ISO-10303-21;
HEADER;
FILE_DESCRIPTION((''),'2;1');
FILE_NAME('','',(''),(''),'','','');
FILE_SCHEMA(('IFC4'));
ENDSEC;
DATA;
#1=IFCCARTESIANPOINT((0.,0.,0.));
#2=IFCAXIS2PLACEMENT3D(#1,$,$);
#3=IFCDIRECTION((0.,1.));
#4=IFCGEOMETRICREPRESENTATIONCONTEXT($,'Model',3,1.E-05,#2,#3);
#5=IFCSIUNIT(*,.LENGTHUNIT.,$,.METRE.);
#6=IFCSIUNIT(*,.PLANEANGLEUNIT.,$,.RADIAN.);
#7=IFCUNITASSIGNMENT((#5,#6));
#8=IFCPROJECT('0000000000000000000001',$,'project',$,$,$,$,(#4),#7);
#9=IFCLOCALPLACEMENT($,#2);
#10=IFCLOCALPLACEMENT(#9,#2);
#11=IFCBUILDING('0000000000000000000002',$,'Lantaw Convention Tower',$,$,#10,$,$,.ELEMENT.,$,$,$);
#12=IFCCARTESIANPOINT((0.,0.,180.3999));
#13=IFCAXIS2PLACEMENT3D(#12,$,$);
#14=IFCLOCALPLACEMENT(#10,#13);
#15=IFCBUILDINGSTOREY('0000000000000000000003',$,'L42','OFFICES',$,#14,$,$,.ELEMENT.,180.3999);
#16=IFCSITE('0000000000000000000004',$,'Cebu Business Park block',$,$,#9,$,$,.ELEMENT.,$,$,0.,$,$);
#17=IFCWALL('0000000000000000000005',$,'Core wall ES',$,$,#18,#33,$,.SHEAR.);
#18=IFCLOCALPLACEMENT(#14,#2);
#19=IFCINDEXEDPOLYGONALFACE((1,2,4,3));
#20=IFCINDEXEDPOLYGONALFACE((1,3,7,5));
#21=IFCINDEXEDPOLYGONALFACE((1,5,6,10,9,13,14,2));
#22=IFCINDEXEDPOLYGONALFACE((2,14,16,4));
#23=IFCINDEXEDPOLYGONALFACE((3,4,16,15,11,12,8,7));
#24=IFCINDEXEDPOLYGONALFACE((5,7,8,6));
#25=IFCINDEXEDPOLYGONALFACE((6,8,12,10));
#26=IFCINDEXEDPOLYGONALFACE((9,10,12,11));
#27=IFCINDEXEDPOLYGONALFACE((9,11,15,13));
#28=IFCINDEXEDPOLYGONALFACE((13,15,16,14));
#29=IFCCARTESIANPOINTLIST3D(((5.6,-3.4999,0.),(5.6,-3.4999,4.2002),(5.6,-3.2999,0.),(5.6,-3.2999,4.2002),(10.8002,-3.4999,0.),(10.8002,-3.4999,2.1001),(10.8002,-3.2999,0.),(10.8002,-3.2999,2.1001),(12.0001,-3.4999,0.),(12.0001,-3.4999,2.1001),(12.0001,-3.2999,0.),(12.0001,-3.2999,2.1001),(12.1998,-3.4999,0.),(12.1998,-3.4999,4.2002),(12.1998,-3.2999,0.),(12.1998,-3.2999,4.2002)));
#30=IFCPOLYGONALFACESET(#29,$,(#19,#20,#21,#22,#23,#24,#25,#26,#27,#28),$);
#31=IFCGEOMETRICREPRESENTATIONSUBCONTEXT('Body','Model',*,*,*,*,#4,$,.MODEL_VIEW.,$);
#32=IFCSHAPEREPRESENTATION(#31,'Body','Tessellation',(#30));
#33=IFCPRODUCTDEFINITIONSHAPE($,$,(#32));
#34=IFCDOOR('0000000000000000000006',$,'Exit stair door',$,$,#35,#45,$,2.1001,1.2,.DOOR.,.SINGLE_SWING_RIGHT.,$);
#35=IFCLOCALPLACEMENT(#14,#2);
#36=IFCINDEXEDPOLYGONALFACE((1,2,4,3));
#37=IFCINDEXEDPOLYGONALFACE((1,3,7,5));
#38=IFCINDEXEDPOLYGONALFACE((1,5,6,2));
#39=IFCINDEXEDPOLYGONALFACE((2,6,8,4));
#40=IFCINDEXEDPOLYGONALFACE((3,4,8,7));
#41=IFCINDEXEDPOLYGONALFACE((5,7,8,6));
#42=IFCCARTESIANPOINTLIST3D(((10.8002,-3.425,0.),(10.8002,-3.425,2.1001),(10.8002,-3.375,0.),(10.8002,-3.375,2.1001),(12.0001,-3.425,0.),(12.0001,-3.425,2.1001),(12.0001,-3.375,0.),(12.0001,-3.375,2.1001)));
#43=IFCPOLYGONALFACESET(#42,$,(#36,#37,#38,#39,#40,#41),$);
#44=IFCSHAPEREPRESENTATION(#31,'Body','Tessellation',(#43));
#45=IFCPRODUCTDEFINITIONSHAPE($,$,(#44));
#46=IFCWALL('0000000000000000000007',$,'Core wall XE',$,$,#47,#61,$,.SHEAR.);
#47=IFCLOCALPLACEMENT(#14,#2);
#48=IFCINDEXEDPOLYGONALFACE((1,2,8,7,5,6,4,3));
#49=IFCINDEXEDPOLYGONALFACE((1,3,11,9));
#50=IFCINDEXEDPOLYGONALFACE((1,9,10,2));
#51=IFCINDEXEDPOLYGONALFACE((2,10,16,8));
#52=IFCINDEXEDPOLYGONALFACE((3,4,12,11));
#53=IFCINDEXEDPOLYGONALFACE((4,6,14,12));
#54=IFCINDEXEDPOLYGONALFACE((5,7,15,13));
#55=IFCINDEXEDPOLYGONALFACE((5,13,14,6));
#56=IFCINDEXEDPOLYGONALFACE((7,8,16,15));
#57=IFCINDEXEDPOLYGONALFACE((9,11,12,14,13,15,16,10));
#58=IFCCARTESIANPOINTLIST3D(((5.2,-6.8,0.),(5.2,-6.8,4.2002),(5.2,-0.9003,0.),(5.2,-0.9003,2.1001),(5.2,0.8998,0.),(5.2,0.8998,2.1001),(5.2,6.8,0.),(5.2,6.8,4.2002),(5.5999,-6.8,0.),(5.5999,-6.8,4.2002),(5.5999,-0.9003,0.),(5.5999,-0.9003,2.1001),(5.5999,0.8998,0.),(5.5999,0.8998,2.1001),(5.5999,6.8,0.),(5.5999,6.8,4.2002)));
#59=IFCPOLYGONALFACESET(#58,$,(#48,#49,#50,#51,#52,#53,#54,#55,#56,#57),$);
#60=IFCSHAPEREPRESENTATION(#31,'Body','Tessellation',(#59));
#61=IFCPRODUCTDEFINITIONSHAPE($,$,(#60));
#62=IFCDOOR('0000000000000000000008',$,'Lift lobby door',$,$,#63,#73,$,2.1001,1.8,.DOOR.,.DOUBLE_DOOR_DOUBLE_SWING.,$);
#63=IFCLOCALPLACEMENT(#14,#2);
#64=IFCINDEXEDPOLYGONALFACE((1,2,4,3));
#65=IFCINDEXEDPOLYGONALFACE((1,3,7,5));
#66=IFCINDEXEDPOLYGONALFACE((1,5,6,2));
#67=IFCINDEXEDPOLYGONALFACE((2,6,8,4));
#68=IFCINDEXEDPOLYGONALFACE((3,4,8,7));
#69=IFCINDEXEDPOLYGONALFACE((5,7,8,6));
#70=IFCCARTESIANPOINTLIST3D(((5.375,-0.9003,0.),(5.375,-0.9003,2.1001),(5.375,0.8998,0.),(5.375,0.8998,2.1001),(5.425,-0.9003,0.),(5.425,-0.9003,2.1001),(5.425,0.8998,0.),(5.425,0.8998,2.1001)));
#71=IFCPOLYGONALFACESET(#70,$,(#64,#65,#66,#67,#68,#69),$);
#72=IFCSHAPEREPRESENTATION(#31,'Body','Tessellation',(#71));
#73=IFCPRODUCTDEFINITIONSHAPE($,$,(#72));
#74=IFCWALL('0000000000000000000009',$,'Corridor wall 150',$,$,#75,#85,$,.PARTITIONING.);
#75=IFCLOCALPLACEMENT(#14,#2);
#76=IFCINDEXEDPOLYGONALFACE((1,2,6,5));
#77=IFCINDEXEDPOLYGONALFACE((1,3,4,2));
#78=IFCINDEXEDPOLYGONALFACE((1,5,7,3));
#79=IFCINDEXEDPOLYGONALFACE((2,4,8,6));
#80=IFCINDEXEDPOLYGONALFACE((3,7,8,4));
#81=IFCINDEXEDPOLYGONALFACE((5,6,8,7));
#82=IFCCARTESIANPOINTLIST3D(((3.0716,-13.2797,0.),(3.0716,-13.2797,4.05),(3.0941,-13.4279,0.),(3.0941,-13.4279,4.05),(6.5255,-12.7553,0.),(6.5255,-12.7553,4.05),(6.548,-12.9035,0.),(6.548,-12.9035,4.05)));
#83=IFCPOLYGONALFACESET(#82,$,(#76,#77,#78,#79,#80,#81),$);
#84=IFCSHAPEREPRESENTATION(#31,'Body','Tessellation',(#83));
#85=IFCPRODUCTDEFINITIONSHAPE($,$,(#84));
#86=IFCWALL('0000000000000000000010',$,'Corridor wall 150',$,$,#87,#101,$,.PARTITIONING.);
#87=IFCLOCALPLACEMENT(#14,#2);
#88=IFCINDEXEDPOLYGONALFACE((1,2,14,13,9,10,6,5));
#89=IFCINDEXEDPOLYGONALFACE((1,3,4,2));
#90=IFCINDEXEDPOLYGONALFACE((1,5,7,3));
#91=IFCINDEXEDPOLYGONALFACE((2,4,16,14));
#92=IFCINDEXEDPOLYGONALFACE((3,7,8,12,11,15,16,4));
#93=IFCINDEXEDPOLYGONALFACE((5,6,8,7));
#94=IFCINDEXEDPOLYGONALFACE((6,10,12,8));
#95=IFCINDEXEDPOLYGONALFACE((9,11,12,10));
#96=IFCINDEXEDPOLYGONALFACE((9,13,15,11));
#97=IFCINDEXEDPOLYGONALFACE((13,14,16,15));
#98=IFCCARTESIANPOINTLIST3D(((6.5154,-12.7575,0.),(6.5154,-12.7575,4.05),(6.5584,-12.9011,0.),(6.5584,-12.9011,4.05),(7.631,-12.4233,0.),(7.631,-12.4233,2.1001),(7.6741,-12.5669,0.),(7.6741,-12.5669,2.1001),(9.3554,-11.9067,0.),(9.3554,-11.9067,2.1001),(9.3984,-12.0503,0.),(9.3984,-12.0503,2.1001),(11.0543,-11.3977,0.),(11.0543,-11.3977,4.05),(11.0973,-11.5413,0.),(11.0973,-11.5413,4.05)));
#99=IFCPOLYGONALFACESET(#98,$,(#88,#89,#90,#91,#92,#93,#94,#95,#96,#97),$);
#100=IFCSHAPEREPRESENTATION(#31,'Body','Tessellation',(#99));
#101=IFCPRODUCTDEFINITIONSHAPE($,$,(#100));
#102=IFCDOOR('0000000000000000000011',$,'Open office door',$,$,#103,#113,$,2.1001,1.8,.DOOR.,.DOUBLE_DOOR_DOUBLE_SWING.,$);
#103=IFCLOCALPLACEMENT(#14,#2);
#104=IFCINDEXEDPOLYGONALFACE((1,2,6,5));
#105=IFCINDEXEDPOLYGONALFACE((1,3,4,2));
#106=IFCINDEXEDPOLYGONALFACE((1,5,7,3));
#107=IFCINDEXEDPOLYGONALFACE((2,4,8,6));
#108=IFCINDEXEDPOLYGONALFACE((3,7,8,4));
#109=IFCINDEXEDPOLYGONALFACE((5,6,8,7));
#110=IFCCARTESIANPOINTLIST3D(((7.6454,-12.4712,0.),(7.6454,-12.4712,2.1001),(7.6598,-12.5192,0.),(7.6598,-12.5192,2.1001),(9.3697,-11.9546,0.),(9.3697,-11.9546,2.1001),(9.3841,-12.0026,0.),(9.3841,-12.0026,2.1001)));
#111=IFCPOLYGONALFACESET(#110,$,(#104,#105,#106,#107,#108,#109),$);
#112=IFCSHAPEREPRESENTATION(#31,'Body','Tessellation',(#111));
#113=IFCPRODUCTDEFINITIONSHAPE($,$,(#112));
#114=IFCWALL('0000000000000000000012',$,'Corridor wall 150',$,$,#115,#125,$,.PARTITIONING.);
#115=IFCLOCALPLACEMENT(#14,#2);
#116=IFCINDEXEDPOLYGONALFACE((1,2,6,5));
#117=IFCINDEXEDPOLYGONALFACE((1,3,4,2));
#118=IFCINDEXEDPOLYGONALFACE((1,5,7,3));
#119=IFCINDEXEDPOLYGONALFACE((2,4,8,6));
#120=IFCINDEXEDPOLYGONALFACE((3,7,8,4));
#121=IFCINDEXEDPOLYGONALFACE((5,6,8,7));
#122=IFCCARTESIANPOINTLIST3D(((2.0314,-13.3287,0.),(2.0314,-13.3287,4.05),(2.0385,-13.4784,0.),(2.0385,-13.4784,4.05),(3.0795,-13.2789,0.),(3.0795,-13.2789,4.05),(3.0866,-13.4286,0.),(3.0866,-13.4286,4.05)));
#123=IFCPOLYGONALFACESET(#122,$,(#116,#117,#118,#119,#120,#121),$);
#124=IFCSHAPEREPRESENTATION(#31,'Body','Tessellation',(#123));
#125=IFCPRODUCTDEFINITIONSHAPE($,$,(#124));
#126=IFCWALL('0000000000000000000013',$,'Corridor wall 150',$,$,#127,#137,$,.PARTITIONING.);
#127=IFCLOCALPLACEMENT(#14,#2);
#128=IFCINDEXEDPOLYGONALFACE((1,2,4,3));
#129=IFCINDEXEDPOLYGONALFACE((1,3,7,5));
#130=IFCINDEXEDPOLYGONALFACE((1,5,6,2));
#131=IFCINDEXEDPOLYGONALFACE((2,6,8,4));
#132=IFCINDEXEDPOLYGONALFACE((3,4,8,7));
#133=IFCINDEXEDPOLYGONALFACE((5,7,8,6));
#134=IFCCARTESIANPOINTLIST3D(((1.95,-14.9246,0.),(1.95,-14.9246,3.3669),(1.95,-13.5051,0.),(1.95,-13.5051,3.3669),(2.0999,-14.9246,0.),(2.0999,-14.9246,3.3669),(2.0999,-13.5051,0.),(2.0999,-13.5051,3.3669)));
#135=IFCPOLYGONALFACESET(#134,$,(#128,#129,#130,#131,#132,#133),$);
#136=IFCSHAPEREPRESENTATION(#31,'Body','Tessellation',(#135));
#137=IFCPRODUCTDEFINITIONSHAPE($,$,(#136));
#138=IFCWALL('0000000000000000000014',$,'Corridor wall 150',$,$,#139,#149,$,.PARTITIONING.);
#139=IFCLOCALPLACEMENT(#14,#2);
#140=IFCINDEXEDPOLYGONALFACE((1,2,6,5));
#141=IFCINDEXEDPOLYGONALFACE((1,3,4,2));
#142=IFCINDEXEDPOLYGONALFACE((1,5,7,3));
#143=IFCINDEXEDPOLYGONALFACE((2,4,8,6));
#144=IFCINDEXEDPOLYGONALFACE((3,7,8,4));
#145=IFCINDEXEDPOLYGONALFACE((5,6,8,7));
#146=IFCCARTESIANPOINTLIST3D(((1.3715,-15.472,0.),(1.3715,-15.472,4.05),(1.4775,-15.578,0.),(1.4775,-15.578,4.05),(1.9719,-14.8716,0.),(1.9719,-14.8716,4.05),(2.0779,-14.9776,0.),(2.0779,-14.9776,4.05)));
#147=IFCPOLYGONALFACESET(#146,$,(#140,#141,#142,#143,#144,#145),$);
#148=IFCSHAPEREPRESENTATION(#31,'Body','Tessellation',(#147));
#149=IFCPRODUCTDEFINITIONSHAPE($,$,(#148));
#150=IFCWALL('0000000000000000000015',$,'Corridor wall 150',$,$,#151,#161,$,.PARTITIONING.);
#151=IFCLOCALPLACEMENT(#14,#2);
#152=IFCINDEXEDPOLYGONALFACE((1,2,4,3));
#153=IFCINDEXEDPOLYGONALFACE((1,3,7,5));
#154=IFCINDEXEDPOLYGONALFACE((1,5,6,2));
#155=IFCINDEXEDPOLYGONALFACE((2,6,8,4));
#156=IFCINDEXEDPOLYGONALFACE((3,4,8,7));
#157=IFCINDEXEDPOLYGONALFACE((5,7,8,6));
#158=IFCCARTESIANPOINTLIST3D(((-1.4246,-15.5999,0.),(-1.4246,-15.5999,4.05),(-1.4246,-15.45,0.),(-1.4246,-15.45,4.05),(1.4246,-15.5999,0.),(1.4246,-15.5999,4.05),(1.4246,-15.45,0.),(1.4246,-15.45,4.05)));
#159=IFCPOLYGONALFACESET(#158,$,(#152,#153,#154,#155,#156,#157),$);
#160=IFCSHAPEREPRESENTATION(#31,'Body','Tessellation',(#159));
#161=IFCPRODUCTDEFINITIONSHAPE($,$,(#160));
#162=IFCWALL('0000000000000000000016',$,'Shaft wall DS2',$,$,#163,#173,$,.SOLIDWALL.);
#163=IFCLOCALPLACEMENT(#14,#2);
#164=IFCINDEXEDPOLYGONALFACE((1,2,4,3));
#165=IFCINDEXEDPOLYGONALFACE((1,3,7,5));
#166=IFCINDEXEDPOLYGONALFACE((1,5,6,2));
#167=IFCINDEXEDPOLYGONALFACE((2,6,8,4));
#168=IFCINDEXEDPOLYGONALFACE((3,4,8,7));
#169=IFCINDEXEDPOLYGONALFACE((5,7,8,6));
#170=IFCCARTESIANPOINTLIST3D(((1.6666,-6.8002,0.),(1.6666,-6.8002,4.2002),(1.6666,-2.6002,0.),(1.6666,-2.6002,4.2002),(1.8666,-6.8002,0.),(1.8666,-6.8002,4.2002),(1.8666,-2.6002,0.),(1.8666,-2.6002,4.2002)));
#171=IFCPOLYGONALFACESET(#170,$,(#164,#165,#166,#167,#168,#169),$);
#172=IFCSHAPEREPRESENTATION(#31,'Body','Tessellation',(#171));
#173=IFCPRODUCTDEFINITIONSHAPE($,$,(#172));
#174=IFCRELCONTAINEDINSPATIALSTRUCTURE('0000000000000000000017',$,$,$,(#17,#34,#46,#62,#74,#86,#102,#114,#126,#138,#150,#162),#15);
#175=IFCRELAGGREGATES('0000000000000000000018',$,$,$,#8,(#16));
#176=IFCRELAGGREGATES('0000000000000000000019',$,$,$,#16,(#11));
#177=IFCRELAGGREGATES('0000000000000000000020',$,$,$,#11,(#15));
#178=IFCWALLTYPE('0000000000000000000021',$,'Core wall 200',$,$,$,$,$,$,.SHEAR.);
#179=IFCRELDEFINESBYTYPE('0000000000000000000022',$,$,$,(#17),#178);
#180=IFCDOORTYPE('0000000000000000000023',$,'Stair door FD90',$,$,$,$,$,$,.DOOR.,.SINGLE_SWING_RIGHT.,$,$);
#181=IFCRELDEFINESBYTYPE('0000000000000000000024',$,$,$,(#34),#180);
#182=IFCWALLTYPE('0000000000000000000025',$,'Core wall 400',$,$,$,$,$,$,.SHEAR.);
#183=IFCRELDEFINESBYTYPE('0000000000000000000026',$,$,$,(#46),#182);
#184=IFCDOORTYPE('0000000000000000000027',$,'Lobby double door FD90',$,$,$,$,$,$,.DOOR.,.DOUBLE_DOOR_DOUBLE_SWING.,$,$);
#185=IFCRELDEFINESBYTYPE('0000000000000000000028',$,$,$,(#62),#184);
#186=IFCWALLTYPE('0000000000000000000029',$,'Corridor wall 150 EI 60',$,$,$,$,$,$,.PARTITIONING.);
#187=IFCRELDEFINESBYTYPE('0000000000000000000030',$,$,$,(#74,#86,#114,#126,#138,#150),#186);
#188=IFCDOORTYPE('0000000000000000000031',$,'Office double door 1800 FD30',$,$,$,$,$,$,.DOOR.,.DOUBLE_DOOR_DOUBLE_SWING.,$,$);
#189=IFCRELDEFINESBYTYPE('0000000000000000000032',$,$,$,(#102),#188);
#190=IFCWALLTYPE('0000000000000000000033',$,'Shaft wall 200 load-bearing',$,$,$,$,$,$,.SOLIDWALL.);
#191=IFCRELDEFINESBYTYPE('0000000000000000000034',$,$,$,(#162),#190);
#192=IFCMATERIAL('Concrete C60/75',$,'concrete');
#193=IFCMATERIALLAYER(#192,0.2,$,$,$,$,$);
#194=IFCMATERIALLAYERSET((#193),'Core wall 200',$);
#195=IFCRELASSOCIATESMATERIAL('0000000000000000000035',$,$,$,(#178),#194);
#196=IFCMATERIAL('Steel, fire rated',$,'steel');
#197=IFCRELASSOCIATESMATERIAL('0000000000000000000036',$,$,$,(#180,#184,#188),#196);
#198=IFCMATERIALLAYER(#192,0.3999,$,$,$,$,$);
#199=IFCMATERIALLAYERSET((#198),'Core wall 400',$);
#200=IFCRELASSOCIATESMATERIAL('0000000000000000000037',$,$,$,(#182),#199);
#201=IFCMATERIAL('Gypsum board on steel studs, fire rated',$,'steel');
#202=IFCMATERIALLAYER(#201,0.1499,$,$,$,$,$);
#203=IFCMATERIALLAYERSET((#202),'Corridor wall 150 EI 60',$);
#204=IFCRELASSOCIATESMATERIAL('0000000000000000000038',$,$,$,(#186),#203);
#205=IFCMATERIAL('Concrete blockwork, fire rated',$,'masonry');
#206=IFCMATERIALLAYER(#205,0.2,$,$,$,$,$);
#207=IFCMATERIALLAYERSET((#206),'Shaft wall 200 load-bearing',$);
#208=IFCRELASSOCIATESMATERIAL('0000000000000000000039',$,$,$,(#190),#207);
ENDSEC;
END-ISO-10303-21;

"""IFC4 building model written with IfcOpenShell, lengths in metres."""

from ifc_helpers import new_model, si_unit, direction, frame, frame_2d, origin, place, context, subcontext, project, spatial, rectangle, extrude, material, layer, layer_set, type_object, element, fill, save


model = new_model("IFC4")

# Units and contexts
model_context = context("Model", 3, precision=1e-05, world=origin(), true_north=direction((0.0, 1.0)))
body_context = subcontext(model_context, "Body", "Model", "MODEL_VIEW")
ifc_project = project(units=[si_unit("LENGTHUNIT", "METRE"), si_unit("PLANEANGLEUNIT", "RADIAN")], contexts=[model_context])

# Site, building, storey
site_placement = place(None, origin())
site = spatial("IfcSite", under=ifc_project, at=site_placement, Name="Cebu Business Park block", CompositionType="ELEMENT", RefElevation=0.0)
building_placement = place(site_placement, origin())
building = spatial("IfcBuilding", under=site, at=building_placement, Name="Lantaw Convention Tower", CompositionType="ELEMENT")
storey_placement = place(building_placement, frame((0.0, 0.0, 180.3999)))
storey = spatial("IfcBuildingStorey", under=building, at=storey_placement, Name="L42", Description="OFFICES", CompositionType="ELEMENT", Elevation=180.3999)

# Walls, openings, doors
ifc_material_1 = material(Name="Concrete C60/75", Category="concrete")
ifc_layer_1 = layer(ifc_material_1, 0.2)
ifc_layer_set_1 = layer_set([ifc_layer_1], Name="Core wall 200")
wall_type_1 = type_object("IfcWallType", Name="Core wall 200", PredefinedType="SHEAR", material=ifc_layer_set_1)
wall_1_placement = place(storey_placement, frame((5.6001, -3.3999, 0.0), z_axis=(0.0, 0.0, 1.0), x_axis=(1.0, 0.0, 0.0)))
wall_1 = element("IfcWall", 1, at=wall_1_placement, inside=storey, type_object=wall_type_1, Name="Core wall ES", PredefinedType="SHEAR", context=body_context, shape_type="SweptSolid", body=[
    extrude(rectangle(XDim=6.5999, YDim=0.2, at=frame_2d((3.2998, 0.0))), origin(), (0.0, 0.0, 1.0), 4.2002),
])
opening_1_placement = place(wall_1_placement, frame((5.2, 0.0, 0.0)))
opening_1 = element("IfcOpeningElement", 2, at=opening_1_placement, cuts=wall_1, PredefinedType="OPENING", context=body_context, shape_type="SweptSolid", body=[
    extrude(rectangle(XDim=1.2, YDim=2.1001, at=frame_2d((0.6001, 1.05))), frame((0.0, 0.1099, 0.0), z_axis=(0.0, -1.0, 0.0), x_axis=(1.0, 0.0, 0.0)), (0.0, 0.0, 1.0), 0.22),
])
ifc_material_2 = material(Name="Steel, fire rated", Category="steel")
door_type_1 = type_object("IfcDoorType", Name="Stair door FD90", OperationType="SINGLE_SWING_RIGHT", PredefinedType="DOOR", material=ifc_material_2)
door_1_placement = place(opening_1_placement, origin())
door_1 = element("IfcDoor", 3, at=door_1_placement, inside=storey, type_object=door_type_1, Name="Exit stair door", OperationType="SINGLE_SWING_RIGHT", OverallHeight=2.1001, OverallWidth=1.2, PredefinedType="DOOR", context=body_context, shape_type="SweptSolid", body=[
    extrude(rectangle(XDim=1.2, YDim=2.1001, at=frame_2d((0.6001, 1.05))), frame((0.0, 0.0249, 0.0), z_axis=(0.0, -1.0, 0.0), x_axis=(1.0, 0.0, 0.0)), (0.0, 0.0, 1.0), 0.05),
])
fill(opening_1, door_1)
ifc_layer_2 = layer(ifc_material_1, 0.3999)
ifc_layer_set_2 = layer_set([ifc_layer_2], Name="Core wall 400")
wall_type_2 = type_object("IfcWallType", Name="Core wall 400", PredefinedType="SHEAR", material=ifc_layer_set_2)
wall_2_placement = place(storey_placement, frame((5.3999, -6.8, 0.0), z_axis=(0.0, 0.0, 1.0), x_axis=(0.0, 1.0, 0.0)))
wall_2 = element("IfcWall", 4, at=wall_2_placement, inside=storey, type_object=wall_type_2, Name="Core wall XE", PredefinedType="SHEAR", context=body_context, shape_type="SweptSolid", body=[
    extrude(rectangle(XDim=13.6001, YDim=0.3999, at=frame_2d((6.8, 0.0))), origin(), (0.0, 0.0, 1.0), 4.2002),
])
opening_2_placement = place(wall_2_placement, frame((5.8999, 0.0, 0.0)))
opening_2 = element("IfcOpeningElement", 5, at=opening_2_placement, cuts=wall_2, PredefinedType="OPENING", context=body_context, shape_type="SweptSolid", body=[
    extrude(rectangle(XDim=1.8, YDim=2.1001, at=frame_2d((0.8999, 1.05))), frame((0.0, 0.21, 0.0), z_axis=(0.0, -1.0, 0.0), x_axis=(1.0, 0.0, 0.0)), (0.0, 0.0, 1.0), 0.4199),
])
door_type_2 = type_object("IfcDoorType", Name="Lobby double door FD90", OperationType="DOUBLE_DOOR_DOUBLE_SWING", PredefinedType="DOOR", material=ifc_material_2)
door_2_placement = place(opening_2_placement, origin())
door_2 = element("IfcDoor", 6, at=door_2_placement, inside=storey, type_object=door_type_2, Name="Lift lobby door", OperationType="DOUBLE_DOOR_DOUBLE_SWING", OverallHeight=2.1001, OverallWidth=1.8, PredefinedType="DOOR", context=body_context, shape_type="SweptSolid", body=[
    extrude(rectangle(XDim=1.8, YDim=2.1001, at=frame_2d((0.8999, 1.05))), frame((0.0, 0.0249, 0.0), z_axis=(0.0, -1.0, 0.0), x_axis=(1.0, 0.0, 0.0)), (0.0, 0.0, 1.0), 0.05),
])
fill(opening_2, door_2)

# Wall
ifc_material_3 = material(Name="Gypsum board on steel studs, fire rated", Category="steel")
ifc_layer_3 = layer(ifc_material_3, 0.1499)
ifc_layer_set_3 = layer_set([ifc_layer_3], Name="Corridor wall 150 EI 60")
wall_type_3 = type_object("IfcWallType", Name="Corridor wall 150 EI 60", PredefinedType="PARTITIONING", material=ifc_layer_set_3)
wall_3_placement = place(storey_placement, frame((3.083, -13.3538, 0.0), z_axis=(0.0, 0.0, 1.0), x_axis=(0.988669, 0.150114, 0.0)))
element("IfcWall", 7, at=wall_3_placement, inside=storey, type_object=wall_type_3, Name="Corridor wall 150", PredefinedType="PARTITIONING", context=body_context, shape_type="SweptSolid", body=[
    extrude(rectangle(XDim=3.4934, YDim=0.1499, at=frame_2d((1.7466, 0.0))), origin(), (0.0, 0.0, 1.0), 4.05),
])

# Wall, opening, door
wall_4_placement = place(storey_placement, frame((6.5369, -12.8293, 0.0), z_axis=(0.0, 0.0, 1.0), x_axis=(0.957934, 0.286989, 0.0)))
wall_4 = element("IfcWall", 8, at=wall_4_placement, inside=storey, type_object=wall_type_3, Name="Corridor wall 150", PredefinedType="PARTITIONING", context=body_context, shape_type="SweptSolid", body=[
    extrude(rectangle(XDim=4.7383, YDim=0.1499, at=frame_2d((2.3691, 0.0))), origin(), (0.0, 0.0, 1.0), 4.05),
])
opening_3_placement = place(wall_4_placement, frame((1.1648, 0.0, 0.0)))
opening_3 = element("IfcOpeningElement", 9, at=opening_3_placement, cuts=wall_4, PredefinedType="OPENING", context=body_context, shape_type="SweptSolid", body=[
    extrude(rectangle(XDim=1.8, YDim=2.1001, at=frame_2d((0.8999, 1.05))), frame((0.0, 0.085, 0.0), z_axis=(0.0, -1.0, 0.0), x_axis=(1.0, 0.0, 0.0)), (0.0, 0.0, 1.0), 0.1699),
])
door_type_3 = type_object("IfcDoorType", Name="Office double door 1800 FD30", OperationType="DOUBLE_DOOR_DOUBLE_SWING", PredefinedType="DOOR", material=ifc_material_2)
door_3_placement = place(opening_3_placement, origin())
door_3 = element("IfcDoor", 10, at=door_3_placement, inside=storey, type_object=door_type_3, Name="Open office door", OperationType="DOUBLE_DOOR_DOUBLE_SWING", OverallHeight=2.1001, OverallWidth=1.8, PredefinedType="DOOR", context=body_context, shape_type="SweptSolid", body=[
    extrude(rectangle(XDim=1.8, YDim=2.1001, at=frame_2d((0.8999, 1.05))), frame((0.0, 0.0249, 0.0), z_axis=(0.0, -1.0, 0.0), x_axis=(1.0, 0.0, 0.0)), (0.0, 0.0, 1.0), 0.05),
])
fill(opening_3, door_3)

# Walls
wall_5_placement = place(storey_placement, frame((2.0349, -13.4036, 0.0), z_axis=(0.0, 0.0, 1.0), x_axis=(0.998873, 0.047466, 0.0)))
element("IfcWall", 11, at=wall_5_placement, inside=storey, type_object=wall_type_3, Name="Corridor wall 150", PredefinedType="PARTITIONING", context=body_context, shape_type="SweptSolid", body=[
    extrude(rectangle(XDim=1.0493, YDim=0.1499, at=frame_2d((0.5247, 0.0))), origin(), (0.0, 0.0, 1.0), 4.05),
])
wall_6_placement = place(storey_placement, frame((2.0249, -13.5051, 0.0), z_axis=(0.0, 0.0, 1.0), x_axis=(0.0, -1.0, 0.0)))
element("IfcWall", 12, at=wall_6_placement, inside=storey, type_object=wall_type_3, Name="Corridor wall 150", PredefinedType="PARTITIONING", context=body_context, shape_type="SweptSolid", body=[
    extrude(rectangle(XDim=1.4194, YDim=0.1499, at=frame_2d((0.7097, 0.0))), origin(), (0.0, 0.0, 1.0), 3.3669),
])
wall_7_placement = place(storey_placement, frame((2.0249, -14.9246, 0.0), z_axis=(0.0, 0.0, 1.0), x_axis=(-0.707107, -0.707107, 0.0)))
element("IfcWall", 13, at=wall_7_placement, inside=storey, type_object=wall_type_3, Name="Corridor wall 150", PredefinedType="PARTITIONING", context=body_context, shape_type="SweptSolid", body=[
    extrude(rectangle(XDim=0.8491, YDim=0.1499, at=frame_2d((0.4246, 0.0))), origin(), (0.0, 0.0, 1.0), 4.05),
])
wall_8_placement = place(storey_placement, frame((1.4246, -15.5249, 0.0), z_axis=(0.0, 0.0, 1.0), x_axis=(-1.0, 0.0, 0.0)))
element("IfcWall", 14, at=wall_8_placement, inside=storey, type_object=wall_type_3, Name="Corridor wall 150", PredefinedType="PARTITIONING", context=body_context, shape_type="SweptSolid", body=[
    extrude(rectangle(XDim=2.8491, YDim=0.1499, at=frame_2d((1.4246, 0.0))), origin(), (0.0, 0.0, 1.0), 4.05),
])
ifc_material_4 = material(Name="Concrete blockwork, fire rated", Category="masonry")
ifc_layer_4 = layer(ifc_material_4, 0.2)
ifc_layer_set_4 = layer_set([ifc_layer_4], Name="Shaft wall 200 load-bearing")
wall_type_4 = type_object("IfcWallType", Name="Shaft wall 200 load-bearing", PredefinedType="SOLIDWALL", material=ifc_layer_set_4)
wall_9_placement = place(storey_placement, frame((1.7666, -2.6001, 0.0), z_axis=(0.0, 0.0, 1.0), x_axis=(0.0, -1.0, 0.0)))
element("IfcWall", 15, at=wall_9_placement, inside=storey, type_object=wall_type_4, Name="Shaft wall DS2", PredefinedType="SOLIDWALL", context=body_context, shape_type="SweptSolid", body=[
    extrude(rectangle(XDim=4.2, YDim=0.2, at=frame_2d((2.1001, 0.0))), origin(), (0.0, 0.0, 1.0), 4.2002),
])

save(model, "model.ifc")
